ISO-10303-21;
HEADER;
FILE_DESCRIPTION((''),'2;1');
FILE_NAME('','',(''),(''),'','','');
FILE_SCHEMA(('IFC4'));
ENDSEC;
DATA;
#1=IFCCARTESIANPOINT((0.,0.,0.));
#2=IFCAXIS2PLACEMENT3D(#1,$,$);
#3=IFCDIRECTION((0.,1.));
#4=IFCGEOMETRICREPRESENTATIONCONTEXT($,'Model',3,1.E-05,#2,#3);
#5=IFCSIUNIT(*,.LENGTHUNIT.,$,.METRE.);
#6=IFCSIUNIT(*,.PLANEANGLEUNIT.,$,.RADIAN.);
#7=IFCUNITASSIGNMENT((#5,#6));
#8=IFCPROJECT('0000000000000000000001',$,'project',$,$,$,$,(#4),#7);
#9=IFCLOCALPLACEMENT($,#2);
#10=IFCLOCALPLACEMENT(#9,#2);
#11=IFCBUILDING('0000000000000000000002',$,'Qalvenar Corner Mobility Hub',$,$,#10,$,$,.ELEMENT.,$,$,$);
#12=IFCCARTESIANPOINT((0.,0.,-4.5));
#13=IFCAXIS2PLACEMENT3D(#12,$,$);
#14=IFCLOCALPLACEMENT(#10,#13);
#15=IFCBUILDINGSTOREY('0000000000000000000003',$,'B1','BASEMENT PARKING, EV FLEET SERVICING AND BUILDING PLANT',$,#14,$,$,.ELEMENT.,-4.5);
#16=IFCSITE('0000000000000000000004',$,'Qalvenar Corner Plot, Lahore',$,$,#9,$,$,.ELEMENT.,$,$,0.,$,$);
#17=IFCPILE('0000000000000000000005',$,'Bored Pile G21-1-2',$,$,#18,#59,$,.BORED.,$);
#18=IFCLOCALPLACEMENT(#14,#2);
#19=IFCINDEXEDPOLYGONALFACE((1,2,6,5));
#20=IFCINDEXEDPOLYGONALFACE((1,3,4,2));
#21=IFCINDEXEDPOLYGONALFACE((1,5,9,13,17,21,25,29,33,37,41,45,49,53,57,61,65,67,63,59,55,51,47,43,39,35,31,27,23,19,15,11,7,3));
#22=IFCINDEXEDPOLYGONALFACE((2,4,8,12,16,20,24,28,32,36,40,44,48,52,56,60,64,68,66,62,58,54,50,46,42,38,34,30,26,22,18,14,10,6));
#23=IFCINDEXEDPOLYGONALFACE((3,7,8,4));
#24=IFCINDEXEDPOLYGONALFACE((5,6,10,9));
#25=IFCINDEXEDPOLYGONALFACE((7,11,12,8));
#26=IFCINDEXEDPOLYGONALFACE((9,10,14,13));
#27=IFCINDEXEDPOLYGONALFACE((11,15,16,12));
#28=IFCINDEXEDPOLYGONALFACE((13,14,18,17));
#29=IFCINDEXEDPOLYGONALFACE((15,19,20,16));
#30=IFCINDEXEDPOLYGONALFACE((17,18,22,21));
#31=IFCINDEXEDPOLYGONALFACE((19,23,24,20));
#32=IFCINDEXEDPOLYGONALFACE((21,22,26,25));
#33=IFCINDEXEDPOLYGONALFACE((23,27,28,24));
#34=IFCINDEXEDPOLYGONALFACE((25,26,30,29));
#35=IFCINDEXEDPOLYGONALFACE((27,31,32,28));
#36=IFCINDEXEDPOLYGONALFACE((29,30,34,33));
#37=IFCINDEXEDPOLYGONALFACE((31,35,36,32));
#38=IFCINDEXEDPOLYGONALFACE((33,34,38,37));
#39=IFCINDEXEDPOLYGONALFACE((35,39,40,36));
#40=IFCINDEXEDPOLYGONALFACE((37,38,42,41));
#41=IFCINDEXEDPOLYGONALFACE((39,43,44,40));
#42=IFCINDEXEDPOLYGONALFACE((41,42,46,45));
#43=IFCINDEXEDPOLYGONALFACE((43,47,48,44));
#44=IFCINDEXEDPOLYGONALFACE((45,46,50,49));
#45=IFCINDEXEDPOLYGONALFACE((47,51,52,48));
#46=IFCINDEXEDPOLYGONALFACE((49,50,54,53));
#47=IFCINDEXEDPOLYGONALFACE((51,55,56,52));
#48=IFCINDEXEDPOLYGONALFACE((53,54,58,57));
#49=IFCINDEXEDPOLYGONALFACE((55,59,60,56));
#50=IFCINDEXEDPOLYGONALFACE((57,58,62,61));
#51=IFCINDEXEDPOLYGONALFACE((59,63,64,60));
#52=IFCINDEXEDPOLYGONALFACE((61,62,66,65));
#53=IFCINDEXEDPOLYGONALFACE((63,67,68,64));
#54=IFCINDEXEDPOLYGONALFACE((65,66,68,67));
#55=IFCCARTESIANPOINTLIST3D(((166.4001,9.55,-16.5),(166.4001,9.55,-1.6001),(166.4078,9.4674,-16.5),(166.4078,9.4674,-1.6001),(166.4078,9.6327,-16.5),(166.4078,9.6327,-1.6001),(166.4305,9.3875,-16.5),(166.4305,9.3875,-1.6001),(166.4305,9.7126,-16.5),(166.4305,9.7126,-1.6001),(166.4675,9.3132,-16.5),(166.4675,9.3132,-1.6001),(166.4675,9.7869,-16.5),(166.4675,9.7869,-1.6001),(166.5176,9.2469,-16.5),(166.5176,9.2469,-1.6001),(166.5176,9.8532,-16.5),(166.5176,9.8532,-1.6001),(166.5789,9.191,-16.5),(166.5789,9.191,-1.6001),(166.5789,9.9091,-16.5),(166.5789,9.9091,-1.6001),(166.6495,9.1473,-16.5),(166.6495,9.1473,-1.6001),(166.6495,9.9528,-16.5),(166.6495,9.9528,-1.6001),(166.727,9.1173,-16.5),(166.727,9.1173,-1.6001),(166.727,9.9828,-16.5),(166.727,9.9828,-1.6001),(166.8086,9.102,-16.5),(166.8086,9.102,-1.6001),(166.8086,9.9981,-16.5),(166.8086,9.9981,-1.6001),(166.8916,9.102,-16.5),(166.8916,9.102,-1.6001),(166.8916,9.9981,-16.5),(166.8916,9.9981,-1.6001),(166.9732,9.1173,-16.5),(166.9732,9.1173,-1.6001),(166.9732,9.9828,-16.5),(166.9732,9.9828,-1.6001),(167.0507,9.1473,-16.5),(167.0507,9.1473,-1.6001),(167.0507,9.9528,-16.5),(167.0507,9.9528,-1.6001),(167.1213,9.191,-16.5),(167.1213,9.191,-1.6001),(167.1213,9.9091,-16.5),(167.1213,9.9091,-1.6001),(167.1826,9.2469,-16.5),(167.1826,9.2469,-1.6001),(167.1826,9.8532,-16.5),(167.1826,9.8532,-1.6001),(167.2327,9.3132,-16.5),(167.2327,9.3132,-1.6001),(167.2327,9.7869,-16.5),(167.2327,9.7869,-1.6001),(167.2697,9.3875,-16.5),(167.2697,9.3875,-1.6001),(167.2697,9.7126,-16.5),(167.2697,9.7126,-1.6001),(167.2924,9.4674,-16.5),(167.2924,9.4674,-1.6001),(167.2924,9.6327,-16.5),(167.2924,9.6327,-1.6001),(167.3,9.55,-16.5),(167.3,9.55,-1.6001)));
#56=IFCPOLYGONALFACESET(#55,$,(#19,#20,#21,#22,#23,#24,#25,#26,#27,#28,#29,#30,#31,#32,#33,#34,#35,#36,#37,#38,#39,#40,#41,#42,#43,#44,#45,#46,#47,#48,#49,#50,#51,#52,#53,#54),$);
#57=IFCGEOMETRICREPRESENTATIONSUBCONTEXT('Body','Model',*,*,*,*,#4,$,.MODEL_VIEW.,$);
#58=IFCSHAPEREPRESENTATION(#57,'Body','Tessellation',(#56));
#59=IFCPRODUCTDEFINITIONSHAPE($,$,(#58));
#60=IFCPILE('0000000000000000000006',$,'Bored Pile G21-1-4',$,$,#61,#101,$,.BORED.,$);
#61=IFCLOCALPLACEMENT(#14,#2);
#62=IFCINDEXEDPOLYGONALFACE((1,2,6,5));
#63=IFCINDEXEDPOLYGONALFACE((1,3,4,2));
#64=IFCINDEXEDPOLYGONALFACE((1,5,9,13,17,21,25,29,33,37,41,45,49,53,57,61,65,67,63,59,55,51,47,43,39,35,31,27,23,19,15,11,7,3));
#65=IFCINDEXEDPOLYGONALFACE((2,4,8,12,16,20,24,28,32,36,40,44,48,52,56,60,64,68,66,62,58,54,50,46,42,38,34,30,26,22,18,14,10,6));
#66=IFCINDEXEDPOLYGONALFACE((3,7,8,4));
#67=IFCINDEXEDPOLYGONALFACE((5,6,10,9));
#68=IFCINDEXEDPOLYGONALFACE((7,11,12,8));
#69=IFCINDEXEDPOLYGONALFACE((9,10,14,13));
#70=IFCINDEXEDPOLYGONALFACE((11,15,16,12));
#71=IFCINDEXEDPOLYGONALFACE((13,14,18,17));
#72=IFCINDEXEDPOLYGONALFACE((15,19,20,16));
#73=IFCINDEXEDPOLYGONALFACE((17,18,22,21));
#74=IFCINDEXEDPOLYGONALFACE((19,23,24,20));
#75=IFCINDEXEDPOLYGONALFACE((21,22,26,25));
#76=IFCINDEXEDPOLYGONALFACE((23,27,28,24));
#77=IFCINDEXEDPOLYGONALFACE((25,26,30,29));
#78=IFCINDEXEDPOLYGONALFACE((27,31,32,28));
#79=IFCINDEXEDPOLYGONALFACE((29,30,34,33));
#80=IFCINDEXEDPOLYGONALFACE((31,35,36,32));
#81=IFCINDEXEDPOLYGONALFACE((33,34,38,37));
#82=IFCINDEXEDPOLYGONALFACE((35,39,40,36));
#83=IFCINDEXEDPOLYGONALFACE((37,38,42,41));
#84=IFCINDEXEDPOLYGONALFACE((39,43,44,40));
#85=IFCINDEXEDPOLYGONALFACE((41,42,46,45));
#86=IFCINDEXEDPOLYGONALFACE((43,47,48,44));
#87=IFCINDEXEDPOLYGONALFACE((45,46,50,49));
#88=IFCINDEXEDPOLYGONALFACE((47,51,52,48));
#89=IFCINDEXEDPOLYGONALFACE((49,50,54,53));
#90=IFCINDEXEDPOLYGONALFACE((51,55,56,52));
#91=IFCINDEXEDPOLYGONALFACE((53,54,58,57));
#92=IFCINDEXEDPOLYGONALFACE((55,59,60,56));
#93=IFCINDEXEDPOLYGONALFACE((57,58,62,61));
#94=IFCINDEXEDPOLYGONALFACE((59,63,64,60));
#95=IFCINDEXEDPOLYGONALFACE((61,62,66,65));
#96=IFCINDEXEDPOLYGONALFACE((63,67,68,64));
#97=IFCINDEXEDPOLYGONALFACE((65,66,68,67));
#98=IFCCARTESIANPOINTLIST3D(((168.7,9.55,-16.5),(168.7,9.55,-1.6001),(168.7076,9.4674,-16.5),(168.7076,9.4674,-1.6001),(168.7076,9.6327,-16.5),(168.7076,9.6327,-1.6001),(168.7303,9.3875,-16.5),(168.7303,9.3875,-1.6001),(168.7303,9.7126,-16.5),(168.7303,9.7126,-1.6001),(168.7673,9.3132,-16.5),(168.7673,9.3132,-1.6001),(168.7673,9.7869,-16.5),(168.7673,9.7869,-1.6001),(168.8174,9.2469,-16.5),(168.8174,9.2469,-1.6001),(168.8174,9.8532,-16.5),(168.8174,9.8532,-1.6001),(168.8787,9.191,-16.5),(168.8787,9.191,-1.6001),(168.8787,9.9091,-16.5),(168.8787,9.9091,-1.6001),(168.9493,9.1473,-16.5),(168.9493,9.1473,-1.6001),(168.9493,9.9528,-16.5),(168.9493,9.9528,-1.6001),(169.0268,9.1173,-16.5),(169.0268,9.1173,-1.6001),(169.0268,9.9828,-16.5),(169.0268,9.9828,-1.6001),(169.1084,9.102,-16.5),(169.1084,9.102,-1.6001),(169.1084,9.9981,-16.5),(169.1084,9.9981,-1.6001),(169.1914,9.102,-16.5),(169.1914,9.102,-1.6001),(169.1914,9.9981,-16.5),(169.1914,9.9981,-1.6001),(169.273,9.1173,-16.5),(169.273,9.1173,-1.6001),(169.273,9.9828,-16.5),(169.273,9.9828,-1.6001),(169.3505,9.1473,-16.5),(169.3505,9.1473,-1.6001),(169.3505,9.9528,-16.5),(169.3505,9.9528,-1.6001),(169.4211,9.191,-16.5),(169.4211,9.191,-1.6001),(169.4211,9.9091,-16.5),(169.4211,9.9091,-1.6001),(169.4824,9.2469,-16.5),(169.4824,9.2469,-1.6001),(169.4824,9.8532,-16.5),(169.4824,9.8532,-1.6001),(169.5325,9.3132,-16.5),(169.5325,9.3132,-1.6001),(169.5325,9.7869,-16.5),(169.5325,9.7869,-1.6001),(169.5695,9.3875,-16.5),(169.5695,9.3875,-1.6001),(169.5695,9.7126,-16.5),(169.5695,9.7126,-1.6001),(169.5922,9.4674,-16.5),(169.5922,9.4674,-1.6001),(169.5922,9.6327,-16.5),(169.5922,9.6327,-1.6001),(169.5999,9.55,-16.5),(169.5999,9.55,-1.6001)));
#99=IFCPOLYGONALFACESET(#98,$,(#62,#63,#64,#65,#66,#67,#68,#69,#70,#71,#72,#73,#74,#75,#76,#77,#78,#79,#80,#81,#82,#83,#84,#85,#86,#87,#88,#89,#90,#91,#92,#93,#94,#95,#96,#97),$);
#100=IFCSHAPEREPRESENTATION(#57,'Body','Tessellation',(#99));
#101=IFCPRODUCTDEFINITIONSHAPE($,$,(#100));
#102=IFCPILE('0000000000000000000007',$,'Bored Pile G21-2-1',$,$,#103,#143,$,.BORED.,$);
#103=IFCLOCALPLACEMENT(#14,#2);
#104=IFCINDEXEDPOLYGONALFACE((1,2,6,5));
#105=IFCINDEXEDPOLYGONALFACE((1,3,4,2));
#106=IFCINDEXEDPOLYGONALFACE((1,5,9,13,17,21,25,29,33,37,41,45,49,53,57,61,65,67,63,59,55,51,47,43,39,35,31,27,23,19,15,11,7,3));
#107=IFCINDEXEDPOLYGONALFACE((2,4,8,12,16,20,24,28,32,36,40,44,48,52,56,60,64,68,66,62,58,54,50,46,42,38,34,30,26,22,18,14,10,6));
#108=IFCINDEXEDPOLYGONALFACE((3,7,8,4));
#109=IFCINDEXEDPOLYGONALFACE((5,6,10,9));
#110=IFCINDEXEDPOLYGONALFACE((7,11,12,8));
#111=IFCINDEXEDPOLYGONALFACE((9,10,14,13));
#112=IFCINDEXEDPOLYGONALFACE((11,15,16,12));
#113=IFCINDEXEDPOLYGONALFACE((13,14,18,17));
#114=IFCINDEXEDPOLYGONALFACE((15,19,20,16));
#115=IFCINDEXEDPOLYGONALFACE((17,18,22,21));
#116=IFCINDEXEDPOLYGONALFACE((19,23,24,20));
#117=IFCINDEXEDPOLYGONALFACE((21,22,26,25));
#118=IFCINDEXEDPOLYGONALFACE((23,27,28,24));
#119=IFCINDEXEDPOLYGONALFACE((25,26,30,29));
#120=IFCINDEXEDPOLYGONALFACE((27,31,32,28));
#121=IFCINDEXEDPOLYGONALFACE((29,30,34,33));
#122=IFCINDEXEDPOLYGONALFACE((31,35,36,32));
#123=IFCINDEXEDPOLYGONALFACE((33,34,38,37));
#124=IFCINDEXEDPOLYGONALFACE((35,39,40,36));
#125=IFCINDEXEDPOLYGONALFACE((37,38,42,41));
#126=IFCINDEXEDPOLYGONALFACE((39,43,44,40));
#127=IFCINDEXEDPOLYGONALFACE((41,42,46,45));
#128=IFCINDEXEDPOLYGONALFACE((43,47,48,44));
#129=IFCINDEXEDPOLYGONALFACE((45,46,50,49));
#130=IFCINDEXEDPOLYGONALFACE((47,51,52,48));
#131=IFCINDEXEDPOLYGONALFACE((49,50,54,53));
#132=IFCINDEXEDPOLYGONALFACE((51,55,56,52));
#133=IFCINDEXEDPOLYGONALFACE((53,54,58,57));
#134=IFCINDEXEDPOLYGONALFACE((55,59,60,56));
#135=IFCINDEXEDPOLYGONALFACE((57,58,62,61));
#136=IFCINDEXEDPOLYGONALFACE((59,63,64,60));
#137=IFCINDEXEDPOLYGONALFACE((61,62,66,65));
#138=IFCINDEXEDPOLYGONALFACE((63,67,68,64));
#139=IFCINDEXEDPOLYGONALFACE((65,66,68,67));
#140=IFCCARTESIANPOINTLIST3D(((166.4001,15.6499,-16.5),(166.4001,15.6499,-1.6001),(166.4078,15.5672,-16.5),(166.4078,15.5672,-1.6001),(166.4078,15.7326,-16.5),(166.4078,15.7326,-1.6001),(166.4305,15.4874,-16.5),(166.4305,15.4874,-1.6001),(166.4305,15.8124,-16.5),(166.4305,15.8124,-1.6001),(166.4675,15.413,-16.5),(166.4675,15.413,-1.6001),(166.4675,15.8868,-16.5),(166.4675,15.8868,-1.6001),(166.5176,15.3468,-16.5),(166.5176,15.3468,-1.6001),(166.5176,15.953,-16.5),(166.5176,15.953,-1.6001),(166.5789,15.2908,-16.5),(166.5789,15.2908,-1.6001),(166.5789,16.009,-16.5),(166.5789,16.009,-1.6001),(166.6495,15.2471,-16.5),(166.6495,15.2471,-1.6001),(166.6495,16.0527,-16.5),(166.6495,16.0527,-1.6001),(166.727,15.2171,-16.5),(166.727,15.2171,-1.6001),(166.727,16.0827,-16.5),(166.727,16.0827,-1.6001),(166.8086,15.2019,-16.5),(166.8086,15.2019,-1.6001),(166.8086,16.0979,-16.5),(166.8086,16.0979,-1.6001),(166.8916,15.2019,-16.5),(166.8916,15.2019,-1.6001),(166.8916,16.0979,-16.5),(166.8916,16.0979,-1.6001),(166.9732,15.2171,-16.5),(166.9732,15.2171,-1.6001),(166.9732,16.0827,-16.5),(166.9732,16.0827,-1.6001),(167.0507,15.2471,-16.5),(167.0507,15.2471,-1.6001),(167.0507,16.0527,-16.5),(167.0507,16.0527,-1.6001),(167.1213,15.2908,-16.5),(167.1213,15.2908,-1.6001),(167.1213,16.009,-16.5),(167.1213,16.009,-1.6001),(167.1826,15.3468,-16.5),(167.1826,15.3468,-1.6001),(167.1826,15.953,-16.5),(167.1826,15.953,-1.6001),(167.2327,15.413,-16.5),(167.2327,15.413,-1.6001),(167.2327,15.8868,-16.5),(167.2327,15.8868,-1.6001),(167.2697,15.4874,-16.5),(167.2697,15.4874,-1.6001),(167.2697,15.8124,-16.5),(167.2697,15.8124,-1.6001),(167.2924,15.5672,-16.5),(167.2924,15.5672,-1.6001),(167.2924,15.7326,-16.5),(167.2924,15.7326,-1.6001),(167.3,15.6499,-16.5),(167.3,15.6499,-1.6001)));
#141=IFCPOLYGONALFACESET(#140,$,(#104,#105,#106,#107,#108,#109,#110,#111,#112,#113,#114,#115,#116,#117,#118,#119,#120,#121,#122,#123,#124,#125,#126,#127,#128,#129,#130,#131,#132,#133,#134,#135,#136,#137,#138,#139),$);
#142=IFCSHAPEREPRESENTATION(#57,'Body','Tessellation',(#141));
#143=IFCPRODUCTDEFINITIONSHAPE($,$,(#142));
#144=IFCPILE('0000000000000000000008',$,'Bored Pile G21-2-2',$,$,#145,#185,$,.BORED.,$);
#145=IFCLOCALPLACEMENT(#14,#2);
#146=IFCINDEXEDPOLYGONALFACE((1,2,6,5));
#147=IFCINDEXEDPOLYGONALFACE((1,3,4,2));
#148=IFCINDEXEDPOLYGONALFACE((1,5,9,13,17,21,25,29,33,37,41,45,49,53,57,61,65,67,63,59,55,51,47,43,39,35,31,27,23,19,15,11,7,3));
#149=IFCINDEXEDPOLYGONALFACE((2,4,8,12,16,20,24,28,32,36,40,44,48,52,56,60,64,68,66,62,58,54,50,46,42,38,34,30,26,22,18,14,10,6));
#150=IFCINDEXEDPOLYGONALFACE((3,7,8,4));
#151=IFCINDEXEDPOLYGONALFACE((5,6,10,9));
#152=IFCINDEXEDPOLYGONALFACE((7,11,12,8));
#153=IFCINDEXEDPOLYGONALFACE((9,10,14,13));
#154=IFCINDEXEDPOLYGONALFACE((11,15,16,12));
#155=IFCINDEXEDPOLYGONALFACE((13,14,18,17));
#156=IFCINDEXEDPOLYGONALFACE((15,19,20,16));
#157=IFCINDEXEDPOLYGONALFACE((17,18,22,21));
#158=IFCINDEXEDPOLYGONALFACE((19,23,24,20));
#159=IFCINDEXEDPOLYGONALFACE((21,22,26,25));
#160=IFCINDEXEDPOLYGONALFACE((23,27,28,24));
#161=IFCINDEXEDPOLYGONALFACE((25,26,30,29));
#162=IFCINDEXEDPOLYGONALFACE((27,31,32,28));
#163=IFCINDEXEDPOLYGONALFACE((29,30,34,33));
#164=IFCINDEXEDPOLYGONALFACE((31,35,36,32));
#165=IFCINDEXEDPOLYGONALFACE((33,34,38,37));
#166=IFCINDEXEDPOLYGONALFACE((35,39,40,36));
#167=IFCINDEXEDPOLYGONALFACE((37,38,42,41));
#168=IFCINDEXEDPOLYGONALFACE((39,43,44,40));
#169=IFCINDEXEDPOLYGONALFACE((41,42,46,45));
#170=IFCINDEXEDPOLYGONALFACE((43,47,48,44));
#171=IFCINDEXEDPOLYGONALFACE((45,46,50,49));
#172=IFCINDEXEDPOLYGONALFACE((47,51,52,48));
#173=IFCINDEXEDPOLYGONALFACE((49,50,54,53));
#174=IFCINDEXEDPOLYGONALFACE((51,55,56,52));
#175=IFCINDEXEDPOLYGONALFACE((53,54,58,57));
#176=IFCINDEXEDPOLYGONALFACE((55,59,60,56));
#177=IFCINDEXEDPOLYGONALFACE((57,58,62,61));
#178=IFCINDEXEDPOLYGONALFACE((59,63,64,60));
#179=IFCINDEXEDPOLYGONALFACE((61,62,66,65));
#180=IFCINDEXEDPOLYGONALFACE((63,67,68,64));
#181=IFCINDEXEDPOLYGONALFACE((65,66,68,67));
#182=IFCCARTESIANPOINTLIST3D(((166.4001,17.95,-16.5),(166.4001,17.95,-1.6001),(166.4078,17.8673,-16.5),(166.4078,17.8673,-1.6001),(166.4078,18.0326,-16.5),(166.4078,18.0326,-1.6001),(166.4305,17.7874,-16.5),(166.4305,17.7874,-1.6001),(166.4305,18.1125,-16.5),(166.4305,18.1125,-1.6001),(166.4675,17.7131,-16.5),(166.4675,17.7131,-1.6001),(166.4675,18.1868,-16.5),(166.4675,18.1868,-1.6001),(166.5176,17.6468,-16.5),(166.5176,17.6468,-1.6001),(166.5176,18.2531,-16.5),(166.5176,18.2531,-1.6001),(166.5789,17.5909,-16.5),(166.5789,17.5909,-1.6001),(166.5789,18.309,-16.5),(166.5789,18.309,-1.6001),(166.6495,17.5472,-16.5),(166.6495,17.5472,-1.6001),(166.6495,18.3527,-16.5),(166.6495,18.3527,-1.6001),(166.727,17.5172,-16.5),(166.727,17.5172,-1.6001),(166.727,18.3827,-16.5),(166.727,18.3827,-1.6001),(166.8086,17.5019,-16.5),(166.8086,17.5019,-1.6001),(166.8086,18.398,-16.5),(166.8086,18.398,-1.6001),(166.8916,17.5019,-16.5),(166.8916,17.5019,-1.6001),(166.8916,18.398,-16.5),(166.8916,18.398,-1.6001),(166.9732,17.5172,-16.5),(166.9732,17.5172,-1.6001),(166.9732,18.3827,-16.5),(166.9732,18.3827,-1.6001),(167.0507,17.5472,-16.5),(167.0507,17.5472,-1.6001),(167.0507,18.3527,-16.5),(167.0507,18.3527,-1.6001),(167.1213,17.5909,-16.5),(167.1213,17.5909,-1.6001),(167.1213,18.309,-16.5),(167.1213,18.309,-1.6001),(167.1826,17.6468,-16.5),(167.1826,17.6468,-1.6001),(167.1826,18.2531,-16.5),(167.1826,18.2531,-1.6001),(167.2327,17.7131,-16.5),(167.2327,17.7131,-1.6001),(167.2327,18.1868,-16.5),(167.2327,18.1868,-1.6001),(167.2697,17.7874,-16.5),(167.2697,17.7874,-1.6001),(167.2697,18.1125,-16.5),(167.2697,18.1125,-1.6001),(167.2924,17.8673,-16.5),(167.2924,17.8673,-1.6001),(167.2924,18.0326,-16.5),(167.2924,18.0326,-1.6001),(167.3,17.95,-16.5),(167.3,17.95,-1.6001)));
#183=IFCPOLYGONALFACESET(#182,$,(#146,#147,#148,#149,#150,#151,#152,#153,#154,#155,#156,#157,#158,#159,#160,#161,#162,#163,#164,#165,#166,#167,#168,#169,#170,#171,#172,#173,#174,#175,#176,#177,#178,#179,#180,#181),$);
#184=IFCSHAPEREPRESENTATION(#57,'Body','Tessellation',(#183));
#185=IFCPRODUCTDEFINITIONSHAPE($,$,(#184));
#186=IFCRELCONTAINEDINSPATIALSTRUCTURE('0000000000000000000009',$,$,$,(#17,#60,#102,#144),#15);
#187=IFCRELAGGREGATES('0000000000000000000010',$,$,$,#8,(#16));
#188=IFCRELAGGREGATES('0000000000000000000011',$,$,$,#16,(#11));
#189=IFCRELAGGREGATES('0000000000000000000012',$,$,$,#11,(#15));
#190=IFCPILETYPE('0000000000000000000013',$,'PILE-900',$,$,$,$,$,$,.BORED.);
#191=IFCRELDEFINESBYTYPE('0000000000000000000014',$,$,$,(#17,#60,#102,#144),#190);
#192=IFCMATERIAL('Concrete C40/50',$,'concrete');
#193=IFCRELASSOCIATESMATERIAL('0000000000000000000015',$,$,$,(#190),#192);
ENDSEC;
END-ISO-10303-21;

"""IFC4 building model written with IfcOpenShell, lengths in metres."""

from ifc_helpers import new_model, si_unit, direction, frame, origin, origin_2d, place, context, subcontext, project, spatial, circle, extrude, material, material_profile, profile_set, type_object, element, save


model = new_model("IFC4")

# Units and contexts
model_context = context("Model", 3, precision=1e-05, world=origin(), true_north=direction((0.0, 1.0)))
body_context = subcontext(model_context, "Body", "Model", "MODEL_VIEW")
ifc_project = project(units=[si_unit("LENGTHUNIT", "METRE"), si_unit("PLANEANGLEUNIT", "RADIAN")], contexts=[model_context])

# Site, building, storey
site_placement = place(None, origin())
site = spatial("IfcSite", under=ifc_project, at=site_placement, Name="Qalvenar Corner Plot, Lahore", CompositionType="ELEMENT", RefElevation=0.0)
building_placement = place(site_placement, origin())
building = spatial("IfcBuilding", under=site, at=building_placement, Name="Qalvenar Corner Mobility Hub", CompositionType="ELEMENT")
storey_placement = place(building_placement, frame((0.0, 0.0, -4.5)))
storey = spatial("IfcBuildingStorey", under=building, at=storey_placement, Name="B1", Description="BASEMENT PARKING, EV FLEET SERVICING AND BUILDING PLANT", CompositionType="ELEMENT", Elevation=-4.5)

# Shared definitions
ifc_material_1 = material(Name="Concrete C40/50", Category="concrete")

# Piles
ifc_material_profile_1 = material_profile(ifc_material_1, circle(Radius=0.45, at=origin_2d()), Name="DIA900")
ifc_profile_set_1 = profile_set([ifc_material_profile_1], Name="Concrete C40/50")
pile_type = type_object("IfcPileType", Name="PILE-900", PredefinedType="BORED", material=ifc_profile_set_1)
for number, where, z_axis, x_axis, name in (
    (1, (166.8501, 9.55, -1.6001), (0.0, 0.0, -1.0), (1.0, 0.0, 0.0), "Bored Pile G21-1-2"),
    (2, (169.1499, 9.55, -1.6001), (0.0, 0.0, -1.0), (1.0, 0.0, 0.0), "Bored Pile G21-1-4"),
    (3, (166.8501, 15.6499, -1.6001), (0.0, 0.0, -1.0), (1.0, 0.0, 0.0), "Bored Pile G21-2-1"),
    (4, (166.8501, 17.95, -1.6001), (0.0, 0.0, -1.0), (1.0, 0.0, 0.0), "Bored Pile G21-2-2"),
):
    element("IfcPile", number, at=place(storey_placement, frame(where, z_axis=z_axis, x_axis=x_axis)), inside=storey, type_object=pile_type, Name=name, PredefinedType="BORED", context=body_context, shape_type="SweptSolid", body=[
        extrude(circle(Radius=0.45, at=origin_2d()), origin(), (0.0, 0.0, 1.0), 14.8999),
    ])

save(model, "model.ifc")
